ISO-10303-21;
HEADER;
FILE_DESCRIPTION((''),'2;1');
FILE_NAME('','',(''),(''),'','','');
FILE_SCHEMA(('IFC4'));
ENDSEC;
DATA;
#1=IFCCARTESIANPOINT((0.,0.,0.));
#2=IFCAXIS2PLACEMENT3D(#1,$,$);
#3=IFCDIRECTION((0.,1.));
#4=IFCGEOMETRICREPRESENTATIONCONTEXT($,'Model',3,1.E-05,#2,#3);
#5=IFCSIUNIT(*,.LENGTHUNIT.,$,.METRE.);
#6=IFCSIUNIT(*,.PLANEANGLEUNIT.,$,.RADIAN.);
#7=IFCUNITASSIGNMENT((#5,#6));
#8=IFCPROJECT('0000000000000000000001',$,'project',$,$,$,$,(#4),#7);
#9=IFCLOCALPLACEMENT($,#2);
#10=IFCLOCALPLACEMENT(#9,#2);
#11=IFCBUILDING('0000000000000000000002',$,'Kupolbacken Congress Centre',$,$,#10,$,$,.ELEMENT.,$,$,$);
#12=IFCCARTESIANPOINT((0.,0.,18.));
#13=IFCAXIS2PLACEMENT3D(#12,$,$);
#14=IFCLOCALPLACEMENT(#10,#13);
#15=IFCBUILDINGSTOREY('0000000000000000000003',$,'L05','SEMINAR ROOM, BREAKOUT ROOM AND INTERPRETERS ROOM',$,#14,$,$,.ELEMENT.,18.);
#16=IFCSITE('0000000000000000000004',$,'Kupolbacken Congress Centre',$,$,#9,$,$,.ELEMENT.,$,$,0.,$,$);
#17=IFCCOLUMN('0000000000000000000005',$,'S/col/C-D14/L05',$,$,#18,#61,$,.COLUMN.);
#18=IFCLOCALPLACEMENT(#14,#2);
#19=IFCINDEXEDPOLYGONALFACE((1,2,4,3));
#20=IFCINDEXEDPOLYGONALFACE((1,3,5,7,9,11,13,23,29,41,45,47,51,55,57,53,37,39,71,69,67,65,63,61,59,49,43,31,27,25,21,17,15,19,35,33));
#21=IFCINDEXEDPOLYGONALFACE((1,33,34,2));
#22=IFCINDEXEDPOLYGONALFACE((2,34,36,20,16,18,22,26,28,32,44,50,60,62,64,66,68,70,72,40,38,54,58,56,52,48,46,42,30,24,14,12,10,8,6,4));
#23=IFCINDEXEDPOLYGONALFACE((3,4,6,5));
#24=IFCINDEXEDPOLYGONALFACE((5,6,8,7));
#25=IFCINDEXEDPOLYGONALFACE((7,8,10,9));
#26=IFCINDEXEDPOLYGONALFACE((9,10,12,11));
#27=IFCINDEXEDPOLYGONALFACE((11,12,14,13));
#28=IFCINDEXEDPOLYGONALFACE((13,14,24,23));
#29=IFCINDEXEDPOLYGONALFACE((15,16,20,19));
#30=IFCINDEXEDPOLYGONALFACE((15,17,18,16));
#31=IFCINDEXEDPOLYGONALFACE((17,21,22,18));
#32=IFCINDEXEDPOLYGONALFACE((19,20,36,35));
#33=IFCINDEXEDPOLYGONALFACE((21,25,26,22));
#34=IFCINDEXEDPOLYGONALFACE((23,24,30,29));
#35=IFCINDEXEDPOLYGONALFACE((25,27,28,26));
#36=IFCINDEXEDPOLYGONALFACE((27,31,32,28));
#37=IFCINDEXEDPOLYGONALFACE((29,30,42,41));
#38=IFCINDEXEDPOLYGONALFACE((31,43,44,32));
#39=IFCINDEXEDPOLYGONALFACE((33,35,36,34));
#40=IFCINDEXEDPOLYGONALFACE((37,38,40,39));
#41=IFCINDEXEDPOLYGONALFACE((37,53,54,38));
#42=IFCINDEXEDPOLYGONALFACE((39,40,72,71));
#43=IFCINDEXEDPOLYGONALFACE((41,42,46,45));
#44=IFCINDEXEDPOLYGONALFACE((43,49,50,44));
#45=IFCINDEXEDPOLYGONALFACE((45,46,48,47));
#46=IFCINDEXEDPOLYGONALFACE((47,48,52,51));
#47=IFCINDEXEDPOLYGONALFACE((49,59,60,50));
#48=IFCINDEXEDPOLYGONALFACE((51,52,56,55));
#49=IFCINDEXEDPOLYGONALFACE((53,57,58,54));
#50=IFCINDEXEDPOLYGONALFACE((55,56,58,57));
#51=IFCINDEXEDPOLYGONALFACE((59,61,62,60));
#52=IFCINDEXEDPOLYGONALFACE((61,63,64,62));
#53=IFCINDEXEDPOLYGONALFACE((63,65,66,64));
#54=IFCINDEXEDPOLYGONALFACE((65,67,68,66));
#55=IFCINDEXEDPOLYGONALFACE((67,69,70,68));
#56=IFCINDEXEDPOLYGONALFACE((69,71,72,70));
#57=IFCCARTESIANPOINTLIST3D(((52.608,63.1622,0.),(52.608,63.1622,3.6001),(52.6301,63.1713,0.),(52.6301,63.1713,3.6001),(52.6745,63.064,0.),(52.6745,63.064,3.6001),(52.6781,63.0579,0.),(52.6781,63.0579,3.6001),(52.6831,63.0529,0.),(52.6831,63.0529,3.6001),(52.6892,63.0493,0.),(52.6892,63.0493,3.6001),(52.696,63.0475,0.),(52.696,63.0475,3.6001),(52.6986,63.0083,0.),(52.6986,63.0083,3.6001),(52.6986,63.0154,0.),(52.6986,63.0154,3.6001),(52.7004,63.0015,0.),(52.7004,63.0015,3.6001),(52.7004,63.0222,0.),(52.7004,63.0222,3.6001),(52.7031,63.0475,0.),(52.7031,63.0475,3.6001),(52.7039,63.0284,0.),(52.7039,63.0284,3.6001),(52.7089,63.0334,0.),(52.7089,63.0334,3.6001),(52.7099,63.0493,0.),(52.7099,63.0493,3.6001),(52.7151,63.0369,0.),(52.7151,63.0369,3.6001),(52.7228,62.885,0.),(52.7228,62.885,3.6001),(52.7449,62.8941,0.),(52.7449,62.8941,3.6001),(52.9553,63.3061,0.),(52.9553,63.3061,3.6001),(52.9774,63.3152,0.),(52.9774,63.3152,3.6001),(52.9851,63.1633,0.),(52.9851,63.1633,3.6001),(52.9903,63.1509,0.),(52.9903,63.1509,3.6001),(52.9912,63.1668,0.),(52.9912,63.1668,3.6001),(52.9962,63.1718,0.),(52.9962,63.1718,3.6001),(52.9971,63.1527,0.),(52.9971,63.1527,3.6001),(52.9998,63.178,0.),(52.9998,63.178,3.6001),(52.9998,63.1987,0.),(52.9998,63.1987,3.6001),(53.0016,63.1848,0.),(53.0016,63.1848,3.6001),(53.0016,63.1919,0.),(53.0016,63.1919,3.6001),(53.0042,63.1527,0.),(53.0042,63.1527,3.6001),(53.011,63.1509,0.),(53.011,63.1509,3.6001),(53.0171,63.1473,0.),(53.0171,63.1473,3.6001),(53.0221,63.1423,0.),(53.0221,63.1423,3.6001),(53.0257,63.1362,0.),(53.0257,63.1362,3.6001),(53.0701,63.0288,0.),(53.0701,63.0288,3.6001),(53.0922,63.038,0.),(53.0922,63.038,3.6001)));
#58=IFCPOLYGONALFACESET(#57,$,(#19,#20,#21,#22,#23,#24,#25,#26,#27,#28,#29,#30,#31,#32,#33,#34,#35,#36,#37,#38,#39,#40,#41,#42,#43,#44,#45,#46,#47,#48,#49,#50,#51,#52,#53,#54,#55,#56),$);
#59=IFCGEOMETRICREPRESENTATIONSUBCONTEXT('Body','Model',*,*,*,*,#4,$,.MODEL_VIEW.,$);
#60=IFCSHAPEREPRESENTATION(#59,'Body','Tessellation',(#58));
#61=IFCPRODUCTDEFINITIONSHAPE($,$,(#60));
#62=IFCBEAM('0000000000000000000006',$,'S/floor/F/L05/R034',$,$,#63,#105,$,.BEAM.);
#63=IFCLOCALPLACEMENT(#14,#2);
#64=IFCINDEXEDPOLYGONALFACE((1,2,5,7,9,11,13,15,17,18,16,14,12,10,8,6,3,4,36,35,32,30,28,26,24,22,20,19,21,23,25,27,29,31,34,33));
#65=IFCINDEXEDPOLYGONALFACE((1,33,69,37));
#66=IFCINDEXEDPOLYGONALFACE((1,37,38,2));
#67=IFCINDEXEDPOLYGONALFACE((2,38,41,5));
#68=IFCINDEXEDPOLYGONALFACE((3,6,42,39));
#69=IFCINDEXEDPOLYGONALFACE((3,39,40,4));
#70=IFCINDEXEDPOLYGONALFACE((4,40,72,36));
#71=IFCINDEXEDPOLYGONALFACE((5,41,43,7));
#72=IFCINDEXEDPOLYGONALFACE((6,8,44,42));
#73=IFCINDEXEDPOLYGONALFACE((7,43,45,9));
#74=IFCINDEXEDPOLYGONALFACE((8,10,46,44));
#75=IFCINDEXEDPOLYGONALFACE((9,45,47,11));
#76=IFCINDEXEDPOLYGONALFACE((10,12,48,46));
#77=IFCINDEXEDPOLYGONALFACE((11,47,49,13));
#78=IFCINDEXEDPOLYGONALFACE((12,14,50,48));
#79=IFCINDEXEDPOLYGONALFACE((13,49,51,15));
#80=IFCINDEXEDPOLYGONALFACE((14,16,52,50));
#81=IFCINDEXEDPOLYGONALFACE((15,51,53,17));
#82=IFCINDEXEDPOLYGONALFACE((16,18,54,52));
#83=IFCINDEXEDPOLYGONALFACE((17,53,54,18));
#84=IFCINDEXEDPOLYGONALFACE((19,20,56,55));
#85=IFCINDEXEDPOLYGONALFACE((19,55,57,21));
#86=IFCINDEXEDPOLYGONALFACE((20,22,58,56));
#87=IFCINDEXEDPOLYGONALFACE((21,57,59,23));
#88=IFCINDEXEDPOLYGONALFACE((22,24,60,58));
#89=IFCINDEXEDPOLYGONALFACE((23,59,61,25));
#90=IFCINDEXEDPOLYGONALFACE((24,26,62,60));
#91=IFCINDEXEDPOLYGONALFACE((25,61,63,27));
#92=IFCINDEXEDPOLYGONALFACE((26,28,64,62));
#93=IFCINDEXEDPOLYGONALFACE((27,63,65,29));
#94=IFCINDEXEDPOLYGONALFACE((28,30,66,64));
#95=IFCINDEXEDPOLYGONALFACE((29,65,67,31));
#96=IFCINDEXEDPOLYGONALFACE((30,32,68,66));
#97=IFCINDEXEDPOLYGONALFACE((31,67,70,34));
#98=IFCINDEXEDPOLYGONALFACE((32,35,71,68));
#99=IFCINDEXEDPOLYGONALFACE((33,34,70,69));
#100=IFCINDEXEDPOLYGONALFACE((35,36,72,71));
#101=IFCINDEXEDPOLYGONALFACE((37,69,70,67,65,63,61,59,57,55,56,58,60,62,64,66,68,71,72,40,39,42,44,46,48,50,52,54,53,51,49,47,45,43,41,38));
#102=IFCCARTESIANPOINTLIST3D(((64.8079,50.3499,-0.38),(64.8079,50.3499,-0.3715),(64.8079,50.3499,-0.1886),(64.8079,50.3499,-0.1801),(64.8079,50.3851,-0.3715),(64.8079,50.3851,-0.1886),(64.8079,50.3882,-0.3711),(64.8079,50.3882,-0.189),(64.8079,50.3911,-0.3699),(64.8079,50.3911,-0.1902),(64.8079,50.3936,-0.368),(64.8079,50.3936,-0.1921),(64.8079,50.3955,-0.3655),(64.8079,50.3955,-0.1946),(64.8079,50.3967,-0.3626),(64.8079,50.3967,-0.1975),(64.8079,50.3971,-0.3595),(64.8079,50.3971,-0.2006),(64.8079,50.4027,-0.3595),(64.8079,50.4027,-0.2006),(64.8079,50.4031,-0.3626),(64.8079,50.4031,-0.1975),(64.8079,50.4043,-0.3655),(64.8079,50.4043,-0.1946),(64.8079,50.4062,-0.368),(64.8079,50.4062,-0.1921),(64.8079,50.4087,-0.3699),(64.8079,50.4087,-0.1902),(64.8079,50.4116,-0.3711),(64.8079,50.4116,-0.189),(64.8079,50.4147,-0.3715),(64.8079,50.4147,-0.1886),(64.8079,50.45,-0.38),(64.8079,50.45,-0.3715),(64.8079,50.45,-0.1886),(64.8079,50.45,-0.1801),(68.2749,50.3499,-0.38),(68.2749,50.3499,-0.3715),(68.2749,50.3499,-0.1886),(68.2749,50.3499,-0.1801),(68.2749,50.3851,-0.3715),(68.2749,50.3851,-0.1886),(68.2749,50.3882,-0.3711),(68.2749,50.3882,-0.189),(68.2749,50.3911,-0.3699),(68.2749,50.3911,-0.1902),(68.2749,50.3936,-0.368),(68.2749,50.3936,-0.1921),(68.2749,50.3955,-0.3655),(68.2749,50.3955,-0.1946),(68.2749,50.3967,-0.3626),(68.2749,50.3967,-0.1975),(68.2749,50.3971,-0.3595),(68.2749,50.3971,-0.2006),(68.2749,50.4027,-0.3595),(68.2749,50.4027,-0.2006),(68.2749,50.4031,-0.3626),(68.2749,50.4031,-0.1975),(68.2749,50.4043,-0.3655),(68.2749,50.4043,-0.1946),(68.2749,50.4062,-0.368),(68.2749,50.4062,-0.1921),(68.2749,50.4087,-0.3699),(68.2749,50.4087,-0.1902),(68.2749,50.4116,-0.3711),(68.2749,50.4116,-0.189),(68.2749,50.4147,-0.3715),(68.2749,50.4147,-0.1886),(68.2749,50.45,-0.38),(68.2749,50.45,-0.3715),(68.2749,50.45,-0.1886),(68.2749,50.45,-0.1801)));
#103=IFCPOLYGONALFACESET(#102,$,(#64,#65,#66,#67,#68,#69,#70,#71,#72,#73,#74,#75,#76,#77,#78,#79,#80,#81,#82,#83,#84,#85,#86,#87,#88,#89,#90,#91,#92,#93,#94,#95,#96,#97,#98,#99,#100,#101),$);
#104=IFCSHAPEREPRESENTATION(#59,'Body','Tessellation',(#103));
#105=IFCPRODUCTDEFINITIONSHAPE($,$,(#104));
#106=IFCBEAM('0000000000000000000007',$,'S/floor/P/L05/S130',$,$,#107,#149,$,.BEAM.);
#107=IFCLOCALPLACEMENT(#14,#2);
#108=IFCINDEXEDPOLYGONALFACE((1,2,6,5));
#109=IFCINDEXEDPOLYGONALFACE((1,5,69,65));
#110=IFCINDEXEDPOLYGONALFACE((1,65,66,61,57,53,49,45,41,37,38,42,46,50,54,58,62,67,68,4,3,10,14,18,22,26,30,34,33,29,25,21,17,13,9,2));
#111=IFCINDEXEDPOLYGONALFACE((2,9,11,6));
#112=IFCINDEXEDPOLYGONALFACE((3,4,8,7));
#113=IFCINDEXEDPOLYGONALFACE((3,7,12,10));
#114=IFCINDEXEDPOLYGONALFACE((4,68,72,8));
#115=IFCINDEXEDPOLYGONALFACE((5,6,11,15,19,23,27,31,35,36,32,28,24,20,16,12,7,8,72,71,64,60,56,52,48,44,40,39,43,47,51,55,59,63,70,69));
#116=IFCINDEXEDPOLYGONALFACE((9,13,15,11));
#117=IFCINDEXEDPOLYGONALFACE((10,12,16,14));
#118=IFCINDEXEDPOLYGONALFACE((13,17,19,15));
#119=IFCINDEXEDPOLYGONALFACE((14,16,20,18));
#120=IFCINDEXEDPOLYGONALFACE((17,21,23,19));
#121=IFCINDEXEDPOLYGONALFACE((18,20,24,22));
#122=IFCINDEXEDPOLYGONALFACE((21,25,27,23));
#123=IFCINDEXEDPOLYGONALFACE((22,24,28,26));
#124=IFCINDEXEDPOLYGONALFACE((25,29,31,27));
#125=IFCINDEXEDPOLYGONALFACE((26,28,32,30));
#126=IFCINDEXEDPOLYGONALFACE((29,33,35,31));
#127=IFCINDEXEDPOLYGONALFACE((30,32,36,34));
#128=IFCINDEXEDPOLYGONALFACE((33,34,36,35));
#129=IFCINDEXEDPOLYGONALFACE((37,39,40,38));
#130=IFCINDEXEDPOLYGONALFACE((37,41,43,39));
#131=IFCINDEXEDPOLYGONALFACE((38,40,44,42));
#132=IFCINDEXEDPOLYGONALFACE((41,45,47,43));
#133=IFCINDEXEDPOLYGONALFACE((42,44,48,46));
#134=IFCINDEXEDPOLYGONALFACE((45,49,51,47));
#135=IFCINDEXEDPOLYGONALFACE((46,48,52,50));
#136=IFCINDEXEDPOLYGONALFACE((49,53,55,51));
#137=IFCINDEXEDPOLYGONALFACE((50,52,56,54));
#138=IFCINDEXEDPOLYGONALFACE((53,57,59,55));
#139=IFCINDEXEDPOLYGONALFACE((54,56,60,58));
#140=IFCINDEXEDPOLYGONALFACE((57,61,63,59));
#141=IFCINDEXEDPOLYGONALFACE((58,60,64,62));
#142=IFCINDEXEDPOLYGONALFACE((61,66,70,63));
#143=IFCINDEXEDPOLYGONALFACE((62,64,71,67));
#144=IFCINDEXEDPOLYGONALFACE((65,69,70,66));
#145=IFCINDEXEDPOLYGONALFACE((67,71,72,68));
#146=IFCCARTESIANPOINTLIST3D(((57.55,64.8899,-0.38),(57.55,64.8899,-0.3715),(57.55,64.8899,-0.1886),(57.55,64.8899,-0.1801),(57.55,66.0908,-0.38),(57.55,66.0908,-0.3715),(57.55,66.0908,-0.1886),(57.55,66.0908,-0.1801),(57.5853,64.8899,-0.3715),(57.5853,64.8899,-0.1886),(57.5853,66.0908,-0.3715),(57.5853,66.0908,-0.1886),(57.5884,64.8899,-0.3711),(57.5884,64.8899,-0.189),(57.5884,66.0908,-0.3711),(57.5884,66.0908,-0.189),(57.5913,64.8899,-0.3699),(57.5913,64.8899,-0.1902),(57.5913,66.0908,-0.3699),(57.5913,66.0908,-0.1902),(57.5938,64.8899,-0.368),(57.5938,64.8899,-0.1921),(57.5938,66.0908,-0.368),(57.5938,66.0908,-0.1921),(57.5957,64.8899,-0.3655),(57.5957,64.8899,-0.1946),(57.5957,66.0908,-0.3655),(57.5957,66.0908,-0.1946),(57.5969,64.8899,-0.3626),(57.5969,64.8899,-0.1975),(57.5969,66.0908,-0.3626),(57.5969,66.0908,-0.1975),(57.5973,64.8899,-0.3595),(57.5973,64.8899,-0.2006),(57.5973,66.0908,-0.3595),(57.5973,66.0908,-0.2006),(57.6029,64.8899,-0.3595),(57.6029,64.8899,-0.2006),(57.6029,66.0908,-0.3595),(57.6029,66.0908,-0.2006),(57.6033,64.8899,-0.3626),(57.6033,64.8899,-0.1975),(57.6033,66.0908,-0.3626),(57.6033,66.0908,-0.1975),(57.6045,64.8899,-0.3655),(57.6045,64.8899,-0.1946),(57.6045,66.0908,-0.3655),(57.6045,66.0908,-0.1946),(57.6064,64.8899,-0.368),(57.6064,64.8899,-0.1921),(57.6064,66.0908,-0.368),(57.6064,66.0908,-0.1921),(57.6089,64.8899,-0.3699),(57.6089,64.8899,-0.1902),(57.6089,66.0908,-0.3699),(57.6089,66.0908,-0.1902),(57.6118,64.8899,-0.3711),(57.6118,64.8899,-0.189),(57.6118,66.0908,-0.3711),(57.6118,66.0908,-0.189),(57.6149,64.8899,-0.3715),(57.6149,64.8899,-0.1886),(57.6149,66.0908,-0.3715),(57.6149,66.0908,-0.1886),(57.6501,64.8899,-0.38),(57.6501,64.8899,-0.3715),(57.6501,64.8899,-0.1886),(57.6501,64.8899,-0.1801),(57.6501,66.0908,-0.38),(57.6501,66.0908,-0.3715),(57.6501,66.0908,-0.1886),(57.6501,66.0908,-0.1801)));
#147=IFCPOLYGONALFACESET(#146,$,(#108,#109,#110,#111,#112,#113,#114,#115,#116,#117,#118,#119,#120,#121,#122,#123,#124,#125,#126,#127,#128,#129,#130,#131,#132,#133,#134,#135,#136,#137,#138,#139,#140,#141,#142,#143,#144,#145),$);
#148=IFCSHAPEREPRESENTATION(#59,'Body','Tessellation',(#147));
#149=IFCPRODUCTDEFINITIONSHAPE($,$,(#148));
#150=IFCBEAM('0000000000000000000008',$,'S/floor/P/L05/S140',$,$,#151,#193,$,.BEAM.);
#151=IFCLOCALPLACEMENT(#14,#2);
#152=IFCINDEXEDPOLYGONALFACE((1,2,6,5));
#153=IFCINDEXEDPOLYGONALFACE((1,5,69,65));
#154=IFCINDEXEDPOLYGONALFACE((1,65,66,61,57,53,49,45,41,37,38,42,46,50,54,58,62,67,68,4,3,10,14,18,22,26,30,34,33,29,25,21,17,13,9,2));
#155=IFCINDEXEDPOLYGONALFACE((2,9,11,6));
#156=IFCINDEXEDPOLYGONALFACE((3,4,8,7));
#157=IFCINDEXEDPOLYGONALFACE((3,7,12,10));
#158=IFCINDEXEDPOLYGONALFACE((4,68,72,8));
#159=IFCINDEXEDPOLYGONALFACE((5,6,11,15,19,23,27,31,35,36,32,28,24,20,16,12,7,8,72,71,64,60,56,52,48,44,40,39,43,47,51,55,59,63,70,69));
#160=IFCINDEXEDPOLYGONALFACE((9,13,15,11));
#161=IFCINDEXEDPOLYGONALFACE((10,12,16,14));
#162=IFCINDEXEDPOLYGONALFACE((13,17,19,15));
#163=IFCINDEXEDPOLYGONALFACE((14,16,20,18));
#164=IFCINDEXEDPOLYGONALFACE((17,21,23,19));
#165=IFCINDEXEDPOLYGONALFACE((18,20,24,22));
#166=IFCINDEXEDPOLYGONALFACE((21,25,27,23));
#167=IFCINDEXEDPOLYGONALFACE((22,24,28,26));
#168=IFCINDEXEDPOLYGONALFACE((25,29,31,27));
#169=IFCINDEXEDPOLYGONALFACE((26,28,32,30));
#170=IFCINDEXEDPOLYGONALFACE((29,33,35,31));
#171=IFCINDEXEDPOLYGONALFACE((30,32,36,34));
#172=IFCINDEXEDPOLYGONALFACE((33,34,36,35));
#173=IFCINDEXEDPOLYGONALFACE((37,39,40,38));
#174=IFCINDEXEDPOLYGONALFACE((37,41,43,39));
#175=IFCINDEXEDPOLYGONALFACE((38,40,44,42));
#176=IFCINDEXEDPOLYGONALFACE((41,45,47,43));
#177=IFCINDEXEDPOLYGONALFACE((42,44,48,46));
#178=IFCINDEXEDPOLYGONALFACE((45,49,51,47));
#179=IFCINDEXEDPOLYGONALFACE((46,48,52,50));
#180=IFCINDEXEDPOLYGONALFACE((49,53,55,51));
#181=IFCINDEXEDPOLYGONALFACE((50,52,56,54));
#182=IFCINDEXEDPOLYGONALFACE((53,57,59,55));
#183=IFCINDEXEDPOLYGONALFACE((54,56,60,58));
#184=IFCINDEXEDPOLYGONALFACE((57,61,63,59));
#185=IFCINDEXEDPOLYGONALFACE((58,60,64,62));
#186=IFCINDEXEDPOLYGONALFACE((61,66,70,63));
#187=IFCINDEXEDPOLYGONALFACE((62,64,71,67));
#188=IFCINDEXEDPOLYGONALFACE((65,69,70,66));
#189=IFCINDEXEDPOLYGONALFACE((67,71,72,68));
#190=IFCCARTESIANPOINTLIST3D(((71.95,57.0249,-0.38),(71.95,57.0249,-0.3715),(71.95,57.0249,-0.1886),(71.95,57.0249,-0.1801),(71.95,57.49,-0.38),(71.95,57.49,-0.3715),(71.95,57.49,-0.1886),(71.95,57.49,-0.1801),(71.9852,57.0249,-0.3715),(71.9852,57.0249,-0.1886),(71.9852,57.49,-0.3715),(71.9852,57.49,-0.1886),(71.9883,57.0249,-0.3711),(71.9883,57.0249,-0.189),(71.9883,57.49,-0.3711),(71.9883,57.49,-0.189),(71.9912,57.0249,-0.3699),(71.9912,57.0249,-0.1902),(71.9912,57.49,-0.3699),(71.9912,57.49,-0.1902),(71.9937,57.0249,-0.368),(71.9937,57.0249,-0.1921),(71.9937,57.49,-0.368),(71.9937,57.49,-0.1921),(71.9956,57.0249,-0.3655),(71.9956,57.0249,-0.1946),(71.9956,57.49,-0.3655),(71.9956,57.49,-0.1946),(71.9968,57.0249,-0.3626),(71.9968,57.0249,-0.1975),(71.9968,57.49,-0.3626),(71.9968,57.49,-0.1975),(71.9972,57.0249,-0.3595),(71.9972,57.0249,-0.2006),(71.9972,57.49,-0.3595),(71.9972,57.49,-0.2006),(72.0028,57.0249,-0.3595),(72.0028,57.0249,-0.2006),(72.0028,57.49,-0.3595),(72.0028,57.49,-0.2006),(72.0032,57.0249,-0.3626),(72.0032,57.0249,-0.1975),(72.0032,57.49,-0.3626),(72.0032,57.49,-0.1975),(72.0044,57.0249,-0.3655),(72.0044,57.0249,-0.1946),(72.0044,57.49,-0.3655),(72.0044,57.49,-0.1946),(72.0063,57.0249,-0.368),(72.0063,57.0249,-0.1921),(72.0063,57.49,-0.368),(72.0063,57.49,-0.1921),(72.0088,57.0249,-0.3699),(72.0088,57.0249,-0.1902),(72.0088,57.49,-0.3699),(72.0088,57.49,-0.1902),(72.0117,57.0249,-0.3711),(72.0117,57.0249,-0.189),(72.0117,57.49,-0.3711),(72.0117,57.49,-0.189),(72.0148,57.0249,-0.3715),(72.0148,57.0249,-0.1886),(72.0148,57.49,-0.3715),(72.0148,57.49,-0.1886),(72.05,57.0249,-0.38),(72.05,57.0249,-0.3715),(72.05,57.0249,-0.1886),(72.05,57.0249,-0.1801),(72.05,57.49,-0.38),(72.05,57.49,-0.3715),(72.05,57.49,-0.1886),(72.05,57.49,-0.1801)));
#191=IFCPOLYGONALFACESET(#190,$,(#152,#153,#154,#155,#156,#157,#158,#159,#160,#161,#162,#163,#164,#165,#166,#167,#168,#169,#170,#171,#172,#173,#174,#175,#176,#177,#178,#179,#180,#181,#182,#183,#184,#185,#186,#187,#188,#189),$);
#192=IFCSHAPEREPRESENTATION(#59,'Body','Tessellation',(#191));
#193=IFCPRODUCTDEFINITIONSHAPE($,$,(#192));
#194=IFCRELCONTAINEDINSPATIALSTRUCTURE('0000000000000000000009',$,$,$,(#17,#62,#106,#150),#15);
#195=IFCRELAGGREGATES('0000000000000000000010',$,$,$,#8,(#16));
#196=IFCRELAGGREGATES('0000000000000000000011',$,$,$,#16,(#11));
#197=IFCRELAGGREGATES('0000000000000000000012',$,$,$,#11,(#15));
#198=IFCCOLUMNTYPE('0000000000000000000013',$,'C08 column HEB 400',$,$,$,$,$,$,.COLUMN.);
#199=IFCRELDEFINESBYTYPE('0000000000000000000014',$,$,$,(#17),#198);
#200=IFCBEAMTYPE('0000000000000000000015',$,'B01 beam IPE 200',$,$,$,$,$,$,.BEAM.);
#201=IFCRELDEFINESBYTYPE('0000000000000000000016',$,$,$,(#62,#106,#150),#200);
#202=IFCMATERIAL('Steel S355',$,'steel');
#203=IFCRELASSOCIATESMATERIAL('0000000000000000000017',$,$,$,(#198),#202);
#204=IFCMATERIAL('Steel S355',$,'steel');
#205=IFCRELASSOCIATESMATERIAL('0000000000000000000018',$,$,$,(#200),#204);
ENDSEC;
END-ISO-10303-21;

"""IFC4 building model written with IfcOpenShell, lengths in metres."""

from ifc_helpers import new_model, si_unit, direction, frame, origin, origin_2d, place, context, subcontext, project, spatial, i_section, extrude, material, material_profile, profile_set, type_object, element, save


model = new_model("IFC4")

# Units and contexts
model_context = context("Model", 3, precision=1e-05, world=origin(), true_north=direction((0.0, 1.0)))
body_context = subcontext(model_context, "Body", "Model", "MODEL_VIEW")
ifc_project = project(units=[si_unit("LENGTHUNIT", "METRE"), si_unit("PLANEANGLEUNIT", "RADIAN")], contexts=[model_context])

# Site, building, storey
site_placement = place(None, origin())
site = spatial("IfcSite", under=ifc_project, at=site_placement, Name="Kupolbacken Congress Centre", CompositionType="ELEMENT", RefElevation=0.0)
building_placement = place(site_placement, origin())
building = spatial("IfcBuilding", under=site, at=building_placement, Name="Kupolbacken Congress Centre", CompositionType="ELEMENT")
storey_placement = place(building_placement, frame((0.0, 0.0, 18.0)))
storey = spatial("IfcBuildingStorey", under=building, at=storey_placement, Name="L05", Description="SEMINAR ROOM, BREAKOUT ROOM AND INTERPRETERS ROOM", CompositionType="ELEMENT", Elevation=18.0)

# Column
ifc_material_1 = material(Name="Steel S355", Category="steel")
ifc_material_profile_1 = material_profile(ifc_material_1, i_section(OverallWidth=0.3, OverallDepth=0.3999, WebThickness=0.0134, FlangeThickness=0.0239, FilletRadius=0.0271, at=origin_2d()), Name="HEB 400")
ifc_profile_set_1 = profile_set([ifc_material_profile_1], Name="Steel S355")
column_type = type_object("IfcColumnType", Name="C08 column HEB 400", PredefinedType="COLUMN", material=ifc_profile_set_1)
column_placement = place(storey_placement, frame((52.8501, 63.1001, 0.0), z_axis=(0.0, 0.0, 1.0), x_axis=(0.382644, -0.923896, 0.0)))
element("IfcColumn", 1, at=column_placement, inside=storey, type_object=column_type, Name="S/col/C-D14/L05", PredefinedType="COLUMN", context=body_context, shape_type="SweptSolid", body=[
    extrude(i_section(OverallWidth=0.3, OverallDepth=0.3999, WebThickness=0.0134, FlangeThickness=0.0239, FilletRadius=0.0271, at=origin_2d()), origin(), (0.0, 0.0, 1.0), 3.6001),
])

# Beams
ifc_material_2 = material(Name="Steel S355", Category="steel")
ifc_material_profile_2 = material_profile(ifc_material_2, i_section(OverallWidth=0.1001, OverallDepth=0.2, WebThickness=0.0056, FlangeThickness=0.0085, FilletRadius=0.012, at=origin_2d()), Name="IPE 200")
ifc_profile_set_2 = profile_set([ifc_material_profile_2], Name="Steel S355")
beam_type_1 = type_object("IfcBeamType", Name="B01 beam IPE 200", PredefinedType="BEAM", material=ifc_profile_set_2)
beam_1_placement = place(storey_placement, frame((64.8079, 50.3999, -0.28), z_axis=(1.0, 0.0, 0.0), x_axis=(0.0, 1.0, 0.0)))
element("IfcBeam", 2, at=beam_1_placement, inside=storey, type_object=beam_type_1, Name="S/floor/F/L05/R034", PredefinedType="BEAM", context=body_context, shape_type="SweptSolid", body=[
    extrude(i_section(OverallWidth=0.1001, OverallDepth=0.2, WebThickness=0.0056, FlangeThickness=0.0085, FilletRadius=0.012, at=origin_2d()), origin(), (0.0, 0.0, 1.0), 3.467),
])
beam_2_placement = place(storey_placement, frame((57.6001, 64.8899, -0.28), z_axis=(0.0, 1.0, 0.0), x_axis=(-1.0, 0.0, 0.0)))
element("IfcBeam", 3, at=beam_2_placement, inside=storey, type_object=beam_type_1, Name="S/floor/P/L05/S130", PredefinedType="BEAM", context=body_context, shape_type="SweptSolid", body=[
    extrude(i_section(OverallWidth=0.1001, OverallDepth=0.2, WebThickness=0.0056, FlangeThickness=0.0085, FilletRadius=0.012, at=origin_2d()), origin(), (0.0, 0.0, 1.0), 1.2009),
])
for number, where, z_axis, x_axis, name in (
    (4, (72.0, 57.0249, -0.28), (0.0, 1.0, 0.0), (-1.0, 0.0, 0.0), "S/floor/P/L05/S140"),
):
    element("IfcBeam", number, at=place(storey_placement, frame(where, z_axis=z_axis, x_axis=x_axis)), inside=storey, type_object=beam_type_1, Name=name, PredefinedType="BEAM", context=body_context, shape_type="SweptSolid", body=[
        extrude(i_section(OverallWidth=0.1001, OverallDepth=0.2, WebThickness=0.0056, FlangeThickness=0.0085, FilletRadius=0.012, at=origin_2d()), origin(), (0.0, 0.0, 1.0), 0.4651),
    ])

save(model, "model.ifc")
